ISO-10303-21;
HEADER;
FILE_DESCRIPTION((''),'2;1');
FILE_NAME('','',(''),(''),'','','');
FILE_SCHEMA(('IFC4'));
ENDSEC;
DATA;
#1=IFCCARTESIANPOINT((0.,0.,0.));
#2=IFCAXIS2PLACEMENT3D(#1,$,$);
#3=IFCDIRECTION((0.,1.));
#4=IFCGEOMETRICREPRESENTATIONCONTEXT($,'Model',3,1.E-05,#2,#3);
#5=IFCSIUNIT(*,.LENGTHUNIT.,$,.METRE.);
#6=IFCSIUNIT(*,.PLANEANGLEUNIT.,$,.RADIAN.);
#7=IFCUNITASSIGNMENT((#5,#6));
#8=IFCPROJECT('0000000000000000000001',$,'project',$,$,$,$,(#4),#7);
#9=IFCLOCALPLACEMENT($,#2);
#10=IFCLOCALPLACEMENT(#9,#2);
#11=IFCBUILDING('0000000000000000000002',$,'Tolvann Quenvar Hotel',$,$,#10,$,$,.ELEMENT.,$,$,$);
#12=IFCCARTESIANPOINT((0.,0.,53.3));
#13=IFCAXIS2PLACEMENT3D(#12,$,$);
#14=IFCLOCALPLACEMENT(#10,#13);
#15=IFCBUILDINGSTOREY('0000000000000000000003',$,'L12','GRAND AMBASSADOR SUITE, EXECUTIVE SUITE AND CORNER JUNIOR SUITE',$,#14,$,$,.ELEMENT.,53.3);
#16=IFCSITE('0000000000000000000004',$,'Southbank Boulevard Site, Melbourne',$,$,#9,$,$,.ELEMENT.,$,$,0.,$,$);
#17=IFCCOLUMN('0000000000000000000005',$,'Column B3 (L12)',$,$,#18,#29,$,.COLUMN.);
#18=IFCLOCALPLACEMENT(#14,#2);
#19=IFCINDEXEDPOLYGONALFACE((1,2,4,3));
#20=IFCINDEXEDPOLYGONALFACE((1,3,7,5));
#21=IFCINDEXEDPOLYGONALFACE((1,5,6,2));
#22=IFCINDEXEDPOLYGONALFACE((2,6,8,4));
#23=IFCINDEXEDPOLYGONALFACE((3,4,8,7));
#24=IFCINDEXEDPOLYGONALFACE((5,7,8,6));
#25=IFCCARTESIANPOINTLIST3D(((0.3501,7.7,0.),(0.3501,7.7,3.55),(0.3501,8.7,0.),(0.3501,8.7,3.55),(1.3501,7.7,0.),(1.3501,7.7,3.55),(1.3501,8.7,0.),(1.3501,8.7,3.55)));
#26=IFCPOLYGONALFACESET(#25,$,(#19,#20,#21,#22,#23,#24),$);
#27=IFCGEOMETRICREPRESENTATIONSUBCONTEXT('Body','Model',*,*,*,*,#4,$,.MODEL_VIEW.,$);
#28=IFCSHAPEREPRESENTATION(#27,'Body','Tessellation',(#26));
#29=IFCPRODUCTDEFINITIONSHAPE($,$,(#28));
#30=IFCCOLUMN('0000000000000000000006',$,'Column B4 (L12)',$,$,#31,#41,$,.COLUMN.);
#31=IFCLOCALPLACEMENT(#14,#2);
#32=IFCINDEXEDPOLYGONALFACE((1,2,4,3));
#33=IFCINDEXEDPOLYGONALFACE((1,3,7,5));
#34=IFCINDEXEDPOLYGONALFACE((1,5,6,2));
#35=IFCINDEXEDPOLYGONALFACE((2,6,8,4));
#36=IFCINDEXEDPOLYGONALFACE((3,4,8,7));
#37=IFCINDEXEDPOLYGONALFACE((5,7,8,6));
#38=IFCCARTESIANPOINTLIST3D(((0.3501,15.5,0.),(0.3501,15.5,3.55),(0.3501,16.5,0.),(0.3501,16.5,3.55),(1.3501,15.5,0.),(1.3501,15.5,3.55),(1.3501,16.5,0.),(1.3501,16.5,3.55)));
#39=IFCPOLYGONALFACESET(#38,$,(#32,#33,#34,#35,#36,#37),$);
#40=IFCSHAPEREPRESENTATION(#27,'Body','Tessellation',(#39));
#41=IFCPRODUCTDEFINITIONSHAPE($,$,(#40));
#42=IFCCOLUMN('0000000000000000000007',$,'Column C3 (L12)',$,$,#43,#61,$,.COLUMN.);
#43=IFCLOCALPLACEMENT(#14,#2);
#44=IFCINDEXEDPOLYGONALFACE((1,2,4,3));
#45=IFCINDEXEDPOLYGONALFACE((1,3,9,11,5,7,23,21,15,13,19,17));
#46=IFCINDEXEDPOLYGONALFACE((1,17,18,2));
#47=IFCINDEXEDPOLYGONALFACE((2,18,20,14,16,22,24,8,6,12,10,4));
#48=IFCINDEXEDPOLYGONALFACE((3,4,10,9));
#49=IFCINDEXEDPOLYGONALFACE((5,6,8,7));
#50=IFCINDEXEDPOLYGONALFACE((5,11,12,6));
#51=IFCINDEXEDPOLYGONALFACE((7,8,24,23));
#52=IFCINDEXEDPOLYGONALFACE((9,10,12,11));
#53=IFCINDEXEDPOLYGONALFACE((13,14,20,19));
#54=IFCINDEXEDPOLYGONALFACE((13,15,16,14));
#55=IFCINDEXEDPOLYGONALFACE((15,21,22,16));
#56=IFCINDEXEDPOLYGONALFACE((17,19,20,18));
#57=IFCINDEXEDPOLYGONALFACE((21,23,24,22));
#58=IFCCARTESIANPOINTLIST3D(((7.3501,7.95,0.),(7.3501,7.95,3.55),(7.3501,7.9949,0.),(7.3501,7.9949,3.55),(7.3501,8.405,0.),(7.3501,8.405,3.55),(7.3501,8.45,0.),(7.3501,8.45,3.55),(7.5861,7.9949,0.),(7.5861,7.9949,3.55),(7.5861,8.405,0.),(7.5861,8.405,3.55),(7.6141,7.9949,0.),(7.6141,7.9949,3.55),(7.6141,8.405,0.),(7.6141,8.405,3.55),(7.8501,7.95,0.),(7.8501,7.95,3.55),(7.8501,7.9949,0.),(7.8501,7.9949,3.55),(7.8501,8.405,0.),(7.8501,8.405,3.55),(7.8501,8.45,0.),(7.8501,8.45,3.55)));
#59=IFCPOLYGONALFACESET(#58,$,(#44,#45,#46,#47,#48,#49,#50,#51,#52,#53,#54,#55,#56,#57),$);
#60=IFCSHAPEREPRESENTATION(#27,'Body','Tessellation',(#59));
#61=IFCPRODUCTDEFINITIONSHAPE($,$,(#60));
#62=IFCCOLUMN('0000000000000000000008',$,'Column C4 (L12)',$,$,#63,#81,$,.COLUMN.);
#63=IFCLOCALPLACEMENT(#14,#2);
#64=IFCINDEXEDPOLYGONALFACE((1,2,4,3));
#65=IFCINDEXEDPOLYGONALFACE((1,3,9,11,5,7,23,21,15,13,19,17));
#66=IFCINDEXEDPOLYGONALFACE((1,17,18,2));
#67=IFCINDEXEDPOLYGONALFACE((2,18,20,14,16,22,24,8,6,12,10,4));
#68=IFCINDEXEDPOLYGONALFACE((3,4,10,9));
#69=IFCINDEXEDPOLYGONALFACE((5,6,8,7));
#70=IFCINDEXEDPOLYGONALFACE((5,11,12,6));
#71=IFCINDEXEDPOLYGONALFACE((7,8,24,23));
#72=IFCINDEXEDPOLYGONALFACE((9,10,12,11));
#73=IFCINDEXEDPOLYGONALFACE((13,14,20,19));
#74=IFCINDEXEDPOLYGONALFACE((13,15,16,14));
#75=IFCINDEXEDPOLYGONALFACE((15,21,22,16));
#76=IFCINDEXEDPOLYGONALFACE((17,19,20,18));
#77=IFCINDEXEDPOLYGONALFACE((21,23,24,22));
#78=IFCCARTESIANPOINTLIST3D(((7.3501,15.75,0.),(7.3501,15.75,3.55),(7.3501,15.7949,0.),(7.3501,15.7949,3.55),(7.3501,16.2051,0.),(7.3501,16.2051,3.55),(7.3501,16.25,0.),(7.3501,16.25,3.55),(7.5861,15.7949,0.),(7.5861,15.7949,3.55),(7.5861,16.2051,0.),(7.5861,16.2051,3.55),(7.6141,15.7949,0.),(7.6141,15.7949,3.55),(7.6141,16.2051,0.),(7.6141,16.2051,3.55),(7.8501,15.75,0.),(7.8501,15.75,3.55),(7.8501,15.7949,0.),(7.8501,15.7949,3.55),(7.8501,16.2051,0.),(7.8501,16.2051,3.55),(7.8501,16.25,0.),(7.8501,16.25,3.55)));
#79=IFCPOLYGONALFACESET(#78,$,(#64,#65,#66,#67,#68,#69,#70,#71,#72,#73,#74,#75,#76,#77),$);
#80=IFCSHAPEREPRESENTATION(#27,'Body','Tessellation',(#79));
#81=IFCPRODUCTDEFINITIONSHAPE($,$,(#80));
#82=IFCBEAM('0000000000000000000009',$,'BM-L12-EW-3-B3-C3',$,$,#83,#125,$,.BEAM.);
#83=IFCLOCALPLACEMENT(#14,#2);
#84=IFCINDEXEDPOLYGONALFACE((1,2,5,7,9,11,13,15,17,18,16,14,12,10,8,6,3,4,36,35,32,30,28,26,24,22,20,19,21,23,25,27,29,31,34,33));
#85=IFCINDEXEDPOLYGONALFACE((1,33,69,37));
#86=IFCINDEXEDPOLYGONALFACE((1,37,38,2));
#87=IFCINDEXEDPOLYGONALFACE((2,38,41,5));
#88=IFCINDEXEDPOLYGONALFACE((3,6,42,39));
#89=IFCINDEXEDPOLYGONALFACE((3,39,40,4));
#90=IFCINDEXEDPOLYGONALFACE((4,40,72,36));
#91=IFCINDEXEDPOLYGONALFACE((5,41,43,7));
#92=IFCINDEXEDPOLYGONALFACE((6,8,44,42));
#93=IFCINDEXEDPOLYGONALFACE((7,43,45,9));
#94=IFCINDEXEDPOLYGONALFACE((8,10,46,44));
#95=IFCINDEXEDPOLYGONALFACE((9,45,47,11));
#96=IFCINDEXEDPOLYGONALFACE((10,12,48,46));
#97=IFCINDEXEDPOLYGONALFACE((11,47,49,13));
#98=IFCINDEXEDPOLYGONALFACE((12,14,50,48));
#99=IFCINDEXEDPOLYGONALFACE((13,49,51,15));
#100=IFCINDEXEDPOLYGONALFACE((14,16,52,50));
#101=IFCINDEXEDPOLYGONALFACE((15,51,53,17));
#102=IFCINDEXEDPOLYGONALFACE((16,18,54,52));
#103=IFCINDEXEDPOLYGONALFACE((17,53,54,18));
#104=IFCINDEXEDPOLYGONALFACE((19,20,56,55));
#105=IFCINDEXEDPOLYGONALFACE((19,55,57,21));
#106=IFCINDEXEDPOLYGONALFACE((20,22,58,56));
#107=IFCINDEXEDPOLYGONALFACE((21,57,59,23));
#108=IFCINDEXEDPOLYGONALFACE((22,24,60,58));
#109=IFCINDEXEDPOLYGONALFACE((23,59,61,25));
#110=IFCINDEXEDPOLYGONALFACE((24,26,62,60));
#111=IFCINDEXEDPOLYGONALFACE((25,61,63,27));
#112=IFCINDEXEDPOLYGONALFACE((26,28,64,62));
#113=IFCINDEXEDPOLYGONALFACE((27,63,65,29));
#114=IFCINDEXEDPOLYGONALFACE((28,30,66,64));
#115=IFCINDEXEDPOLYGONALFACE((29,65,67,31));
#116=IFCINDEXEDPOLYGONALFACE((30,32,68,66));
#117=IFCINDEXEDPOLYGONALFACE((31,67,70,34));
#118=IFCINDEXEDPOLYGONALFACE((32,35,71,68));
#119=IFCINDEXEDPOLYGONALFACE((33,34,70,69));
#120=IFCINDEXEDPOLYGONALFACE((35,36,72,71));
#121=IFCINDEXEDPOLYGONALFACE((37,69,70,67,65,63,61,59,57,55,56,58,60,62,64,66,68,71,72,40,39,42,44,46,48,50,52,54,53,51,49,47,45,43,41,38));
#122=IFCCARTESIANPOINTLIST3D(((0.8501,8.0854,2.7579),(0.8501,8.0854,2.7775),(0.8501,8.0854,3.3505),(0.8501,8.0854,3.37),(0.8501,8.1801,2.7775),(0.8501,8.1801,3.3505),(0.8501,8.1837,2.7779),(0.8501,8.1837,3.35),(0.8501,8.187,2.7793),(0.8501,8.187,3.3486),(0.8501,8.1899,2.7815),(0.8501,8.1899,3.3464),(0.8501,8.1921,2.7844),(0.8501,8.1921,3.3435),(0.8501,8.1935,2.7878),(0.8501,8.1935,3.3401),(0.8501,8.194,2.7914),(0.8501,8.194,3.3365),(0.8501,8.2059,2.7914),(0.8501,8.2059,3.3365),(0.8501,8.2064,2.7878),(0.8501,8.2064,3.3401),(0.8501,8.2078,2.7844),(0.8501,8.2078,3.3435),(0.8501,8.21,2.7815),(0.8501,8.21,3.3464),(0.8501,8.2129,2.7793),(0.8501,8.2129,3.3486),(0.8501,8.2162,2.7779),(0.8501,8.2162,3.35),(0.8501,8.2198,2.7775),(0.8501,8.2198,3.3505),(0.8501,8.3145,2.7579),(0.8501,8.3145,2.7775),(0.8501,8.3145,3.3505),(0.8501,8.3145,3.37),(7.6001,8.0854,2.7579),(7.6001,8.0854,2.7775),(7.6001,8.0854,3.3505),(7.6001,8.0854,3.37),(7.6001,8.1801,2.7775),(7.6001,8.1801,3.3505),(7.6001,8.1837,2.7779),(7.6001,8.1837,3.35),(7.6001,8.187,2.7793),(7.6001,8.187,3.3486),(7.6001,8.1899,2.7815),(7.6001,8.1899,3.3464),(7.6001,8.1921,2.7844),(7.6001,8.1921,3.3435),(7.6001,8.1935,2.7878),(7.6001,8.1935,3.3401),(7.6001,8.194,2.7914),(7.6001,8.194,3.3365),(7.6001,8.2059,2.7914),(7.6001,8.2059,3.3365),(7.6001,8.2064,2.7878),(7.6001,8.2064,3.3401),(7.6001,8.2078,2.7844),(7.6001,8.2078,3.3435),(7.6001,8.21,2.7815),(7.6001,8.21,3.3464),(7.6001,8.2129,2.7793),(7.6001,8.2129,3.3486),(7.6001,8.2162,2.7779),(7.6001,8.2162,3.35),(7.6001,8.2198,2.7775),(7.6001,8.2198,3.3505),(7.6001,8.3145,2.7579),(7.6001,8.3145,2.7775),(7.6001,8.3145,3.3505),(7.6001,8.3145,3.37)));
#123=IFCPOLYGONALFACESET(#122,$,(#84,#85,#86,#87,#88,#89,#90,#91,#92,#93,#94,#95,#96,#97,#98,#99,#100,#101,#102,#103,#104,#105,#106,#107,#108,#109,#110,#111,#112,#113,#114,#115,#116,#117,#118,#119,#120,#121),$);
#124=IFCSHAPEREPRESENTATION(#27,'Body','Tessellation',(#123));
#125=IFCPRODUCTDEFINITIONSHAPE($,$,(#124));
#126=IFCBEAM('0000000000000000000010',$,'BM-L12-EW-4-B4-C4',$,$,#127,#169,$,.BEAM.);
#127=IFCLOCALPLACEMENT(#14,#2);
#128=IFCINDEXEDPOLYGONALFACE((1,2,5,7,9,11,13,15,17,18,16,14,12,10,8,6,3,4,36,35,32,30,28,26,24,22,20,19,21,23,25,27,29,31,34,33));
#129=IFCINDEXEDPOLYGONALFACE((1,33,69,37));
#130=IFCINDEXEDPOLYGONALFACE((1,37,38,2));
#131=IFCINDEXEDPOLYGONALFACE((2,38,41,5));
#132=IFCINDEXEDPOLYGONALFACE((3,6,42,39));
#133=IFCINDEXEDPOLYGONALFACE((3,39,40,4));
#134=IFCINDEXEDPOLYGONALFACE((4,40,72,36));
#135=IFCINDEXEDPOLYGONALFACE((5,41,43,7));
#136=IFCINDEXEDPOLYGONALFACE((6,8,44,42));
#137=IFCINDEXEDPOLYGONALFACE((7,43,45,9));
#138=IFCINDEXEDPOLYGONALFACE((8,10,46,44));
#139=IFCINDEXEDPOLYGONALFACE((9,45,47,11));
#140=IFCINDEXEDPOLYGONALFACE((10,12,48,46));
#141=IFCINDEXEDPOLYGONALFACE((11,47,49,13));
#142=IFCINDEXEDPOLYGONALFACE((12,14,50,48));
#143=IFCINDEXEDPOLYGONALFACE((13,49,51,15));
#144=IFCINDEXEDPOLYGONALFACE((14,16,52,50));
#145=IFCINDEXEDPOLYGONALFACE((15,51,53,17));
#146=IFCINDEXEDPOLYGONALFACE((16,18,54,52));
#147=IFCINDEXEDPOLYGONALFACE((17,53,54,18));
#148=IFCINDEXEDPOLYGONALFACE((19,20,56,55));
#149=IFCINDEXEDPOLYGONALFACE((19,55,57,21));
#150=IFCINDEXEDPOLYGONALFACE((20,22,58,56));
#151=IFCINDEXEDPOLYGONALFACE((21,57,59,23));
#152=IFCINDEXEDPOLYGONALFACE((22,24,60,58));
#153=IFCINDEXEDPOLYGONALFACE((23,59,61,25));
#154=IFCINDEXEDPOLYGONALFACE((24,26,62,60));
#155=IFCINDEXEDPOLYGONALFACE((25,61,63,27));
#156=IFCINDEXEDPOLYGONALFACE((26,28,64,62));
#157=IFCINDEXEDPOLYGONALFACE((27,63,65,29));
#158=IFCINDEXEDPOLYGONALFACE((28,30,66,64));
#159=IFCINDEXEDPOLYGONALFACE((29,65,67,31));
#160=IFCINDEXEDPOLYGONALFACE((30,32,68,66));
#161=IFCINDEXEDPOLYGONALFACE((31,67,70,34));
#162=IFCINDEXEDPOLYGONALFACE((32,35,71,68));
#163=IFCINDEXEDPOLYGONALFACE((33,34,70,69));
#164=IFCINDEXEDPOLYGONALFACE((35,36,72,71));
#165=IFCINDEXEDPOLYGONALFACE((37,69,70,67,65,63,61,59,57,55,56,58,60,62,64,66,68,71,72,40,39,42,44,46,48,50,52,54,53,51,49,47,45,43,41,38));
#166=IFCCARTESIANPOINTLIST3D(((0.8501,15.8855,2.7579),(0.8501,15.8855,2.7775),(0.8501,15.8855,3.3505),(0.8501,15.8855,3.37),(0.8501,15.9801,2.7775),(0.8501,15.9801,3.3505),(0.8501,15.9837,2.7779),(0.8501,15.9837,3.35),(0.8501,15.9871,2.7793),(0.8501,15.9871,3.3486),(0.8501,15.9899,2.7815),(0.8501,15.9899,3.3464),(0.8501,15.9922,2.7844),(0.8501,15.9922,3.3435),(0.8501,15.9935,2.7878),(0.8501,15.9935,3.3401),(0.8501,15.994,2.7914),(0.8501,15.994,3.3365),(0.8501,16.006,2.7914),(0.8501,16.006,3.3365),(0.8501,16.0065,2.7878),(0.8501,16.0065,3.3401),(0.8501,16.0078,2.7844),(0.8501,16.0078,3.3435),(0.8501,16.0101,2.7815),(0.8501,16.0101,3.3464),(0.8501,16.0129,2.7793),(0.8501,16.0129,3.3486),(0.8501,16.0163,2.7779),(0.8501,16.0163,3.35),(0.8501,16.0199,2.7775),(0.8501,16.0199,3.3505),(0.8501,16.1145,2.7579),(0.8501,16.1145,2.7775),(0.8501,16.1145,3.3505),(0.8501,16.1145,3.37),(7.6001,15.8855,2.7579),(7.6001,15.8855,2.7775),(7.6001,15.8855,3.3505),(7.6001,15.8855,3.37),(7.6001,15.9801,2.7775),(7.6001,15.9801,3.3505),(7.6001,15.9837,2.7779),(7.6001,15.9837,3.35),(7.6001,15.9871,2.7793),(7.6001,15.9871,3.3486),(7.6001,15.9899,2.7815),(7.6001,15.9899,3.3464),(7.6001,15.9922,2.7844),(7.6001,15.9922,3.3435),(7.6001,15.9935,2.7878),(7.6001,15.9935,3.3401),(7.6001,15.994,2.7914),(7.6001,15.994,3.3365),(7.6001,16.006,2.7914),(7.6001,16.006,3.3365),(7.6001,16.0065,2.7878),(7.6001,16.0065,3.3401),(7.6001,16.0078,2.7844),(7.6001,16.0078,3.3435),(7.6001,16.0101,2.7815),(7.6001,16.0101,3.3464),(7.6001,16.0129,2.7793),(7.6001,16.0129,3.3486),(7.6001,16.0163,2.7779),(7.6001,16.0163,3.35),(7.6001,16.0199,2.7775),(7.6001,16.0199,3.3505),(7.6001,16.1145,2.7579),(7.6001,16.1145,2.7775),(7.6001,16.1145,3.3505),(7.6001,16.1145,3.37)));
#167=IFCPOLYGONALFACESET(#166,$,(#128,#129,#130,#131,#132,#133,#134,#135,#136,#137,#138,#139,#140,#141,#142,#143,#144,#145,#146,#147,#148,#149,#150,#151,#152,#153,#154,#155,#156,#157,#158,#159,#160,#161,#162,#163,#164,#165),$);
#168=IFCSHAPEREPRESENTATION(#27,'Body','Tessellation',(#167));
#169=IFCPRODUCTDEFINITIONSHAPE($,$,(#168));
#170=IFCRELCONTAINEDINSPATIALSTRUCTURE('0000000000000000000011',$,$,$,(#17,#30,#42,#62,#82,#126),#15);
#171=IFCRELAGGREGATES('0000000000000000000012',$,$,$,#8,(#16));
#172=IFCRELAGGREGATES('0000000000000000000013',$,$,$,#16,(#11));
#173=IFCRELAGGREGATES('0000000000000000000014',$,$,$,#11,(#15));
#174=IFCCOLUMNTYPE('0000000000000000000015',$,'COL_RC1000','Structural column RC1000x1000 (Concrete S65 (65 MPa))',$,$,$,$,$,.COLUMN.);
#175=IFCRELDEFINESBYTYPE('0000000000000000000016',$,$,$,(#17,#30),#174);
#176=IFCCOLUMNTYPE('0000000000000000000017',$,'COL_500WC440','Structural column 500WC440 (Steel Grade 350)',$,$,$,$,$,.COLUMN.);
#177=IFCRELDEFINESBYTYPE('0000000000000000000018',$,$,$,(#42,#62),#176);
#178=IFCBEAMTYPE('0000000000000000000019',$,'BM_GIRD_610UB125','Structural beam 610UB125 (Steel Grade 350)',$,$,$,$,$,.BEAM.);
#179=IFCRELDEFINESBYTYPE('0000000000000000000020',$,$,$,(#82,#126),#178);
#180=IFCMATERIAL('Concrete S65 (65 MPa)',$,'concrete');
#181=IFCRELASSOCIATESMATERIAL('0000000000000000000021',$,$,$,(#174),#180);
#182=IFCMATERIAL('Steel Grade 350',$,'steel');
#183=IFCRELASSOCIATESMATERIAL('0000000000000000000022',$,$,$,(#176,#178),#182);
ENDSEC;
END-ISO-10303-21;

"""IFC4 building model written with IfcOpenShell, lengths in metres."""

from ifc_helpers import new_model, si_unit, direction, frame, origin, origin_2d, place, context, subcontext, project, spatial, rectangle, i_section, extrude, source, transform, mapped, material, material_profile, profile_set, type_object, type_shapes, element, save


model = new_model("IFC4")

# Units and contexts
model_context = context("Model", 3, precision=1e-05, world=origin(), true_north=direction((0.0, 1.0)))
body_context = subcontext(model_context, "Body", "Model", "MODEL_VIEW")
ifc_project = project(units=[si_unit("LENGTHUNIT", "METRE"), si_unit("PLANEANGLEUNIT", "RADIAN")], contexts=[model_context])

# Site, building, storey
site_placement = place(None, origin())
site = spatial("IfcSite", under=ifc_project, at=site_placement, Name="Southbank Boulevard Site, Melbourne", CompositionType="ELEMENT", RefElevation=0.0)
building_placement = place(site_placement, origin())
building = spatial("IfcBuilding", under=site, at=building_placement, Name="Tolvann Quenvar Hotel", CompositionType="ELEMENT")
storey_placement = place(building_placement, frame((0.0, 0.0, 53.3)))
storey = spatial("IfcBuildingStorey", under=building, at=storey_placement, Name="L12", Description="GRAND AMBASSADOR SUITE, EXECUTIVE SUITE AND CORNER JUNIOR SUITE", CompositionType="ELEMENT", Elevation=53.3)

# Columns
ifc_material_1 = material(Name="Concrete S65 (65 MPa)", Category="concrete")
ifc_material_profile_1 = material_profile(ifc_material_1, rectangle(XDim=1.0, YDim=1.0, at=origin_2d()), Name="RC1000x1000")
ifc_profile_set_1 = profile_set([ifc_material_profile_1], Name="Concrete S65 (65 MPa)")
column_type_1 = type_object("IfcColumnType", Name="COL_RC1000", Description="Structural column RC1000x1000 (Concrete S65 (65 MPa))", PredefinedType="COLUMN", material=ifc_profile_set_1)
shared_shape_1 = source(origin(), body_context, "Body", "SweptSolid", [
    extrude(rectangle(XDim=1.0, YDim=1.0, at=origin_2d()), origin(), (0.0, 0.0, 1.0), 3.55),
])
type_shapes(column_type_1, [shared_shape_1])
for number, where, z_axis, x_axis, name in (
    (1, (0.8501, 8.2, 0.0), (0.0, 0.0, 1.0), (1.0, 0.0, 0.0), "Column B3 (L12)"),
    (2, (0.8501, 16.0, 0.0), (0.0, 0.0, 1.0), (1.0, 0.0, 0.0), "Column B4 (L12)"),
):
    element("IfcColumn", number, at=place(storey_placement, frame(where, z_axis=z_axis, x_axis=x_axis)), inside=storey, type_object=column_type_1, Name=name, PredefinedType="COLUMN", context=body_context, shape_type="MappedRepresentation", body=[
        mapped(shared_shape_1, transform((0.0, 0.0, 0.0), x_axis=(1.0, 0.0, 0.0), y_axis=(0.0, 1.0, 0.0), z_axis=(0.0, 0.0, 1.0), scale=1.0)),
    ])
ifc_material_2 = material(Name="Steel Grade 350", Category="steel")
ifc_material_profile_2 = material_profile(ifc_material_2, i_section(OverallWidth=0.5, OverallDepth=0.5, WebThickness=0.0281, FlangeThickness=0.0449, at=origin_2d()), Name="500WC440")
ifc_profile_set_2 = profile_set([ifc_material_profile_2], Name="Steel Grade 350")
column_type_2 = type_object("IfcColumnType", Name="COL_500WC440", Description="Structural column 500WC440 (Steel Grade 350)", PredefinedType="COLUMN", material=ifc_profile_set_2)
shared_shape_2 = source(origin(), body_context, "Body", "SweptSolid", [
    extrude(i_section(OverallWidth=0.5, OverallDepth=0.5, WebThickness=0.0281, FlangeThickness=0.0449, at=origin_2d()), origin(), (0.0, 0.0, 1.0), 3.55),
])
type_shapes(column_type_2, [shared_shape_2])
for number, where, z_axis, x_axis, name in (
    (3, (7.6001, 8.2, 0.0), (0.0, 0.0, 1.0), (1.0, 0.0, 0.0), "Column C3 (L12)"),
    (4, (7.6001, 16.0, 0.0), (0.0, 0.0, 1.0), (1.0, 0.0, 0.0), "Column C4 (L12)"),
):
    element("IfcColumn", number, at=place(storey_placement, frame(where, z_axis=z_axis, x_axis=x_axis)), inside=storey, type_object=column_type_2, Name=name, PredefinedType="COLUMN", context=body_context, shape_type="MappedRepresentation", body=[
        mapped(shared_shape_2, transform((0.0, 0.0, 0.0), x_axis=(1.0, 0.0, 0.0), y_axis=(0.0, 1.0, 0.0), z_axis=(0.0, 0.0, 1.0), scale=1.0)),
    ])

# Beams
ifc_material_profile_3 = material_profile(ifc_material_2, i_section(OverallWidth=0.229, OverallDepth=0.6121, WebThickness=0.012, FlangeThickness=0.0195, FilletRadius=0.0139, at=origin_2d()), Name="610UB125")
ifc_profile_set_3 = profile_set([ifc_material_profile_3], Name="Steel Grade 350")
beam_type_1 = type_object("IfcBeamType", Name="BM_GIRD_610UB125", Description="Structural beam 610UB125 (Steel Grade 350)", PredefinedType="BEAM", material=ifc_profile_set_3)
shared_shape_3 = source(origin(), body_context, "Body", "SweptSolid", [
    extrude(i_section(OverallWidth=0.229, OverallDepth=0.6121, WebThickness=0.012, FlangeThickness=0.0195, FilletRadius=0.0139, at=origin_2d()), origin(), (0.0, 0.0, 1.0), 6.75),
])
for number, where, z_axis, x_axis, name in (
    (5, (0.8501, 8.2, 3.064), (1.0, 0.0, 0.0), (0.0, 1.0, 0.0), "BM-L12-EW-3-B3-C3"),
    (6, (0.8501, 16.0, 3.064), (1.0, 0.0, 0.0), (0.0, 1.0, 0.0), "BM-L12-EW-4-B4-C4"),
):
    element("IfcBeam", number, at=place(storey_placement, frame(where, z_axis=z_axis, x_axis=x_axis)), inside=storey, type_object=beam_type_1, Name=name, PredefinedType="BEAM", context=body_context, shape_type="MappedRepresentation", body=[
        mapped(shared_shape_3, transform((0.0, 0.0, 0.0), x_axis=(1.0, 0.0, 0.0), y_axis=(0.0, 1.0, 0.0), z_axis=(0.0, 0.0, 1.0), scale=1.0)),
    ])

save(model, "model.ifc")
